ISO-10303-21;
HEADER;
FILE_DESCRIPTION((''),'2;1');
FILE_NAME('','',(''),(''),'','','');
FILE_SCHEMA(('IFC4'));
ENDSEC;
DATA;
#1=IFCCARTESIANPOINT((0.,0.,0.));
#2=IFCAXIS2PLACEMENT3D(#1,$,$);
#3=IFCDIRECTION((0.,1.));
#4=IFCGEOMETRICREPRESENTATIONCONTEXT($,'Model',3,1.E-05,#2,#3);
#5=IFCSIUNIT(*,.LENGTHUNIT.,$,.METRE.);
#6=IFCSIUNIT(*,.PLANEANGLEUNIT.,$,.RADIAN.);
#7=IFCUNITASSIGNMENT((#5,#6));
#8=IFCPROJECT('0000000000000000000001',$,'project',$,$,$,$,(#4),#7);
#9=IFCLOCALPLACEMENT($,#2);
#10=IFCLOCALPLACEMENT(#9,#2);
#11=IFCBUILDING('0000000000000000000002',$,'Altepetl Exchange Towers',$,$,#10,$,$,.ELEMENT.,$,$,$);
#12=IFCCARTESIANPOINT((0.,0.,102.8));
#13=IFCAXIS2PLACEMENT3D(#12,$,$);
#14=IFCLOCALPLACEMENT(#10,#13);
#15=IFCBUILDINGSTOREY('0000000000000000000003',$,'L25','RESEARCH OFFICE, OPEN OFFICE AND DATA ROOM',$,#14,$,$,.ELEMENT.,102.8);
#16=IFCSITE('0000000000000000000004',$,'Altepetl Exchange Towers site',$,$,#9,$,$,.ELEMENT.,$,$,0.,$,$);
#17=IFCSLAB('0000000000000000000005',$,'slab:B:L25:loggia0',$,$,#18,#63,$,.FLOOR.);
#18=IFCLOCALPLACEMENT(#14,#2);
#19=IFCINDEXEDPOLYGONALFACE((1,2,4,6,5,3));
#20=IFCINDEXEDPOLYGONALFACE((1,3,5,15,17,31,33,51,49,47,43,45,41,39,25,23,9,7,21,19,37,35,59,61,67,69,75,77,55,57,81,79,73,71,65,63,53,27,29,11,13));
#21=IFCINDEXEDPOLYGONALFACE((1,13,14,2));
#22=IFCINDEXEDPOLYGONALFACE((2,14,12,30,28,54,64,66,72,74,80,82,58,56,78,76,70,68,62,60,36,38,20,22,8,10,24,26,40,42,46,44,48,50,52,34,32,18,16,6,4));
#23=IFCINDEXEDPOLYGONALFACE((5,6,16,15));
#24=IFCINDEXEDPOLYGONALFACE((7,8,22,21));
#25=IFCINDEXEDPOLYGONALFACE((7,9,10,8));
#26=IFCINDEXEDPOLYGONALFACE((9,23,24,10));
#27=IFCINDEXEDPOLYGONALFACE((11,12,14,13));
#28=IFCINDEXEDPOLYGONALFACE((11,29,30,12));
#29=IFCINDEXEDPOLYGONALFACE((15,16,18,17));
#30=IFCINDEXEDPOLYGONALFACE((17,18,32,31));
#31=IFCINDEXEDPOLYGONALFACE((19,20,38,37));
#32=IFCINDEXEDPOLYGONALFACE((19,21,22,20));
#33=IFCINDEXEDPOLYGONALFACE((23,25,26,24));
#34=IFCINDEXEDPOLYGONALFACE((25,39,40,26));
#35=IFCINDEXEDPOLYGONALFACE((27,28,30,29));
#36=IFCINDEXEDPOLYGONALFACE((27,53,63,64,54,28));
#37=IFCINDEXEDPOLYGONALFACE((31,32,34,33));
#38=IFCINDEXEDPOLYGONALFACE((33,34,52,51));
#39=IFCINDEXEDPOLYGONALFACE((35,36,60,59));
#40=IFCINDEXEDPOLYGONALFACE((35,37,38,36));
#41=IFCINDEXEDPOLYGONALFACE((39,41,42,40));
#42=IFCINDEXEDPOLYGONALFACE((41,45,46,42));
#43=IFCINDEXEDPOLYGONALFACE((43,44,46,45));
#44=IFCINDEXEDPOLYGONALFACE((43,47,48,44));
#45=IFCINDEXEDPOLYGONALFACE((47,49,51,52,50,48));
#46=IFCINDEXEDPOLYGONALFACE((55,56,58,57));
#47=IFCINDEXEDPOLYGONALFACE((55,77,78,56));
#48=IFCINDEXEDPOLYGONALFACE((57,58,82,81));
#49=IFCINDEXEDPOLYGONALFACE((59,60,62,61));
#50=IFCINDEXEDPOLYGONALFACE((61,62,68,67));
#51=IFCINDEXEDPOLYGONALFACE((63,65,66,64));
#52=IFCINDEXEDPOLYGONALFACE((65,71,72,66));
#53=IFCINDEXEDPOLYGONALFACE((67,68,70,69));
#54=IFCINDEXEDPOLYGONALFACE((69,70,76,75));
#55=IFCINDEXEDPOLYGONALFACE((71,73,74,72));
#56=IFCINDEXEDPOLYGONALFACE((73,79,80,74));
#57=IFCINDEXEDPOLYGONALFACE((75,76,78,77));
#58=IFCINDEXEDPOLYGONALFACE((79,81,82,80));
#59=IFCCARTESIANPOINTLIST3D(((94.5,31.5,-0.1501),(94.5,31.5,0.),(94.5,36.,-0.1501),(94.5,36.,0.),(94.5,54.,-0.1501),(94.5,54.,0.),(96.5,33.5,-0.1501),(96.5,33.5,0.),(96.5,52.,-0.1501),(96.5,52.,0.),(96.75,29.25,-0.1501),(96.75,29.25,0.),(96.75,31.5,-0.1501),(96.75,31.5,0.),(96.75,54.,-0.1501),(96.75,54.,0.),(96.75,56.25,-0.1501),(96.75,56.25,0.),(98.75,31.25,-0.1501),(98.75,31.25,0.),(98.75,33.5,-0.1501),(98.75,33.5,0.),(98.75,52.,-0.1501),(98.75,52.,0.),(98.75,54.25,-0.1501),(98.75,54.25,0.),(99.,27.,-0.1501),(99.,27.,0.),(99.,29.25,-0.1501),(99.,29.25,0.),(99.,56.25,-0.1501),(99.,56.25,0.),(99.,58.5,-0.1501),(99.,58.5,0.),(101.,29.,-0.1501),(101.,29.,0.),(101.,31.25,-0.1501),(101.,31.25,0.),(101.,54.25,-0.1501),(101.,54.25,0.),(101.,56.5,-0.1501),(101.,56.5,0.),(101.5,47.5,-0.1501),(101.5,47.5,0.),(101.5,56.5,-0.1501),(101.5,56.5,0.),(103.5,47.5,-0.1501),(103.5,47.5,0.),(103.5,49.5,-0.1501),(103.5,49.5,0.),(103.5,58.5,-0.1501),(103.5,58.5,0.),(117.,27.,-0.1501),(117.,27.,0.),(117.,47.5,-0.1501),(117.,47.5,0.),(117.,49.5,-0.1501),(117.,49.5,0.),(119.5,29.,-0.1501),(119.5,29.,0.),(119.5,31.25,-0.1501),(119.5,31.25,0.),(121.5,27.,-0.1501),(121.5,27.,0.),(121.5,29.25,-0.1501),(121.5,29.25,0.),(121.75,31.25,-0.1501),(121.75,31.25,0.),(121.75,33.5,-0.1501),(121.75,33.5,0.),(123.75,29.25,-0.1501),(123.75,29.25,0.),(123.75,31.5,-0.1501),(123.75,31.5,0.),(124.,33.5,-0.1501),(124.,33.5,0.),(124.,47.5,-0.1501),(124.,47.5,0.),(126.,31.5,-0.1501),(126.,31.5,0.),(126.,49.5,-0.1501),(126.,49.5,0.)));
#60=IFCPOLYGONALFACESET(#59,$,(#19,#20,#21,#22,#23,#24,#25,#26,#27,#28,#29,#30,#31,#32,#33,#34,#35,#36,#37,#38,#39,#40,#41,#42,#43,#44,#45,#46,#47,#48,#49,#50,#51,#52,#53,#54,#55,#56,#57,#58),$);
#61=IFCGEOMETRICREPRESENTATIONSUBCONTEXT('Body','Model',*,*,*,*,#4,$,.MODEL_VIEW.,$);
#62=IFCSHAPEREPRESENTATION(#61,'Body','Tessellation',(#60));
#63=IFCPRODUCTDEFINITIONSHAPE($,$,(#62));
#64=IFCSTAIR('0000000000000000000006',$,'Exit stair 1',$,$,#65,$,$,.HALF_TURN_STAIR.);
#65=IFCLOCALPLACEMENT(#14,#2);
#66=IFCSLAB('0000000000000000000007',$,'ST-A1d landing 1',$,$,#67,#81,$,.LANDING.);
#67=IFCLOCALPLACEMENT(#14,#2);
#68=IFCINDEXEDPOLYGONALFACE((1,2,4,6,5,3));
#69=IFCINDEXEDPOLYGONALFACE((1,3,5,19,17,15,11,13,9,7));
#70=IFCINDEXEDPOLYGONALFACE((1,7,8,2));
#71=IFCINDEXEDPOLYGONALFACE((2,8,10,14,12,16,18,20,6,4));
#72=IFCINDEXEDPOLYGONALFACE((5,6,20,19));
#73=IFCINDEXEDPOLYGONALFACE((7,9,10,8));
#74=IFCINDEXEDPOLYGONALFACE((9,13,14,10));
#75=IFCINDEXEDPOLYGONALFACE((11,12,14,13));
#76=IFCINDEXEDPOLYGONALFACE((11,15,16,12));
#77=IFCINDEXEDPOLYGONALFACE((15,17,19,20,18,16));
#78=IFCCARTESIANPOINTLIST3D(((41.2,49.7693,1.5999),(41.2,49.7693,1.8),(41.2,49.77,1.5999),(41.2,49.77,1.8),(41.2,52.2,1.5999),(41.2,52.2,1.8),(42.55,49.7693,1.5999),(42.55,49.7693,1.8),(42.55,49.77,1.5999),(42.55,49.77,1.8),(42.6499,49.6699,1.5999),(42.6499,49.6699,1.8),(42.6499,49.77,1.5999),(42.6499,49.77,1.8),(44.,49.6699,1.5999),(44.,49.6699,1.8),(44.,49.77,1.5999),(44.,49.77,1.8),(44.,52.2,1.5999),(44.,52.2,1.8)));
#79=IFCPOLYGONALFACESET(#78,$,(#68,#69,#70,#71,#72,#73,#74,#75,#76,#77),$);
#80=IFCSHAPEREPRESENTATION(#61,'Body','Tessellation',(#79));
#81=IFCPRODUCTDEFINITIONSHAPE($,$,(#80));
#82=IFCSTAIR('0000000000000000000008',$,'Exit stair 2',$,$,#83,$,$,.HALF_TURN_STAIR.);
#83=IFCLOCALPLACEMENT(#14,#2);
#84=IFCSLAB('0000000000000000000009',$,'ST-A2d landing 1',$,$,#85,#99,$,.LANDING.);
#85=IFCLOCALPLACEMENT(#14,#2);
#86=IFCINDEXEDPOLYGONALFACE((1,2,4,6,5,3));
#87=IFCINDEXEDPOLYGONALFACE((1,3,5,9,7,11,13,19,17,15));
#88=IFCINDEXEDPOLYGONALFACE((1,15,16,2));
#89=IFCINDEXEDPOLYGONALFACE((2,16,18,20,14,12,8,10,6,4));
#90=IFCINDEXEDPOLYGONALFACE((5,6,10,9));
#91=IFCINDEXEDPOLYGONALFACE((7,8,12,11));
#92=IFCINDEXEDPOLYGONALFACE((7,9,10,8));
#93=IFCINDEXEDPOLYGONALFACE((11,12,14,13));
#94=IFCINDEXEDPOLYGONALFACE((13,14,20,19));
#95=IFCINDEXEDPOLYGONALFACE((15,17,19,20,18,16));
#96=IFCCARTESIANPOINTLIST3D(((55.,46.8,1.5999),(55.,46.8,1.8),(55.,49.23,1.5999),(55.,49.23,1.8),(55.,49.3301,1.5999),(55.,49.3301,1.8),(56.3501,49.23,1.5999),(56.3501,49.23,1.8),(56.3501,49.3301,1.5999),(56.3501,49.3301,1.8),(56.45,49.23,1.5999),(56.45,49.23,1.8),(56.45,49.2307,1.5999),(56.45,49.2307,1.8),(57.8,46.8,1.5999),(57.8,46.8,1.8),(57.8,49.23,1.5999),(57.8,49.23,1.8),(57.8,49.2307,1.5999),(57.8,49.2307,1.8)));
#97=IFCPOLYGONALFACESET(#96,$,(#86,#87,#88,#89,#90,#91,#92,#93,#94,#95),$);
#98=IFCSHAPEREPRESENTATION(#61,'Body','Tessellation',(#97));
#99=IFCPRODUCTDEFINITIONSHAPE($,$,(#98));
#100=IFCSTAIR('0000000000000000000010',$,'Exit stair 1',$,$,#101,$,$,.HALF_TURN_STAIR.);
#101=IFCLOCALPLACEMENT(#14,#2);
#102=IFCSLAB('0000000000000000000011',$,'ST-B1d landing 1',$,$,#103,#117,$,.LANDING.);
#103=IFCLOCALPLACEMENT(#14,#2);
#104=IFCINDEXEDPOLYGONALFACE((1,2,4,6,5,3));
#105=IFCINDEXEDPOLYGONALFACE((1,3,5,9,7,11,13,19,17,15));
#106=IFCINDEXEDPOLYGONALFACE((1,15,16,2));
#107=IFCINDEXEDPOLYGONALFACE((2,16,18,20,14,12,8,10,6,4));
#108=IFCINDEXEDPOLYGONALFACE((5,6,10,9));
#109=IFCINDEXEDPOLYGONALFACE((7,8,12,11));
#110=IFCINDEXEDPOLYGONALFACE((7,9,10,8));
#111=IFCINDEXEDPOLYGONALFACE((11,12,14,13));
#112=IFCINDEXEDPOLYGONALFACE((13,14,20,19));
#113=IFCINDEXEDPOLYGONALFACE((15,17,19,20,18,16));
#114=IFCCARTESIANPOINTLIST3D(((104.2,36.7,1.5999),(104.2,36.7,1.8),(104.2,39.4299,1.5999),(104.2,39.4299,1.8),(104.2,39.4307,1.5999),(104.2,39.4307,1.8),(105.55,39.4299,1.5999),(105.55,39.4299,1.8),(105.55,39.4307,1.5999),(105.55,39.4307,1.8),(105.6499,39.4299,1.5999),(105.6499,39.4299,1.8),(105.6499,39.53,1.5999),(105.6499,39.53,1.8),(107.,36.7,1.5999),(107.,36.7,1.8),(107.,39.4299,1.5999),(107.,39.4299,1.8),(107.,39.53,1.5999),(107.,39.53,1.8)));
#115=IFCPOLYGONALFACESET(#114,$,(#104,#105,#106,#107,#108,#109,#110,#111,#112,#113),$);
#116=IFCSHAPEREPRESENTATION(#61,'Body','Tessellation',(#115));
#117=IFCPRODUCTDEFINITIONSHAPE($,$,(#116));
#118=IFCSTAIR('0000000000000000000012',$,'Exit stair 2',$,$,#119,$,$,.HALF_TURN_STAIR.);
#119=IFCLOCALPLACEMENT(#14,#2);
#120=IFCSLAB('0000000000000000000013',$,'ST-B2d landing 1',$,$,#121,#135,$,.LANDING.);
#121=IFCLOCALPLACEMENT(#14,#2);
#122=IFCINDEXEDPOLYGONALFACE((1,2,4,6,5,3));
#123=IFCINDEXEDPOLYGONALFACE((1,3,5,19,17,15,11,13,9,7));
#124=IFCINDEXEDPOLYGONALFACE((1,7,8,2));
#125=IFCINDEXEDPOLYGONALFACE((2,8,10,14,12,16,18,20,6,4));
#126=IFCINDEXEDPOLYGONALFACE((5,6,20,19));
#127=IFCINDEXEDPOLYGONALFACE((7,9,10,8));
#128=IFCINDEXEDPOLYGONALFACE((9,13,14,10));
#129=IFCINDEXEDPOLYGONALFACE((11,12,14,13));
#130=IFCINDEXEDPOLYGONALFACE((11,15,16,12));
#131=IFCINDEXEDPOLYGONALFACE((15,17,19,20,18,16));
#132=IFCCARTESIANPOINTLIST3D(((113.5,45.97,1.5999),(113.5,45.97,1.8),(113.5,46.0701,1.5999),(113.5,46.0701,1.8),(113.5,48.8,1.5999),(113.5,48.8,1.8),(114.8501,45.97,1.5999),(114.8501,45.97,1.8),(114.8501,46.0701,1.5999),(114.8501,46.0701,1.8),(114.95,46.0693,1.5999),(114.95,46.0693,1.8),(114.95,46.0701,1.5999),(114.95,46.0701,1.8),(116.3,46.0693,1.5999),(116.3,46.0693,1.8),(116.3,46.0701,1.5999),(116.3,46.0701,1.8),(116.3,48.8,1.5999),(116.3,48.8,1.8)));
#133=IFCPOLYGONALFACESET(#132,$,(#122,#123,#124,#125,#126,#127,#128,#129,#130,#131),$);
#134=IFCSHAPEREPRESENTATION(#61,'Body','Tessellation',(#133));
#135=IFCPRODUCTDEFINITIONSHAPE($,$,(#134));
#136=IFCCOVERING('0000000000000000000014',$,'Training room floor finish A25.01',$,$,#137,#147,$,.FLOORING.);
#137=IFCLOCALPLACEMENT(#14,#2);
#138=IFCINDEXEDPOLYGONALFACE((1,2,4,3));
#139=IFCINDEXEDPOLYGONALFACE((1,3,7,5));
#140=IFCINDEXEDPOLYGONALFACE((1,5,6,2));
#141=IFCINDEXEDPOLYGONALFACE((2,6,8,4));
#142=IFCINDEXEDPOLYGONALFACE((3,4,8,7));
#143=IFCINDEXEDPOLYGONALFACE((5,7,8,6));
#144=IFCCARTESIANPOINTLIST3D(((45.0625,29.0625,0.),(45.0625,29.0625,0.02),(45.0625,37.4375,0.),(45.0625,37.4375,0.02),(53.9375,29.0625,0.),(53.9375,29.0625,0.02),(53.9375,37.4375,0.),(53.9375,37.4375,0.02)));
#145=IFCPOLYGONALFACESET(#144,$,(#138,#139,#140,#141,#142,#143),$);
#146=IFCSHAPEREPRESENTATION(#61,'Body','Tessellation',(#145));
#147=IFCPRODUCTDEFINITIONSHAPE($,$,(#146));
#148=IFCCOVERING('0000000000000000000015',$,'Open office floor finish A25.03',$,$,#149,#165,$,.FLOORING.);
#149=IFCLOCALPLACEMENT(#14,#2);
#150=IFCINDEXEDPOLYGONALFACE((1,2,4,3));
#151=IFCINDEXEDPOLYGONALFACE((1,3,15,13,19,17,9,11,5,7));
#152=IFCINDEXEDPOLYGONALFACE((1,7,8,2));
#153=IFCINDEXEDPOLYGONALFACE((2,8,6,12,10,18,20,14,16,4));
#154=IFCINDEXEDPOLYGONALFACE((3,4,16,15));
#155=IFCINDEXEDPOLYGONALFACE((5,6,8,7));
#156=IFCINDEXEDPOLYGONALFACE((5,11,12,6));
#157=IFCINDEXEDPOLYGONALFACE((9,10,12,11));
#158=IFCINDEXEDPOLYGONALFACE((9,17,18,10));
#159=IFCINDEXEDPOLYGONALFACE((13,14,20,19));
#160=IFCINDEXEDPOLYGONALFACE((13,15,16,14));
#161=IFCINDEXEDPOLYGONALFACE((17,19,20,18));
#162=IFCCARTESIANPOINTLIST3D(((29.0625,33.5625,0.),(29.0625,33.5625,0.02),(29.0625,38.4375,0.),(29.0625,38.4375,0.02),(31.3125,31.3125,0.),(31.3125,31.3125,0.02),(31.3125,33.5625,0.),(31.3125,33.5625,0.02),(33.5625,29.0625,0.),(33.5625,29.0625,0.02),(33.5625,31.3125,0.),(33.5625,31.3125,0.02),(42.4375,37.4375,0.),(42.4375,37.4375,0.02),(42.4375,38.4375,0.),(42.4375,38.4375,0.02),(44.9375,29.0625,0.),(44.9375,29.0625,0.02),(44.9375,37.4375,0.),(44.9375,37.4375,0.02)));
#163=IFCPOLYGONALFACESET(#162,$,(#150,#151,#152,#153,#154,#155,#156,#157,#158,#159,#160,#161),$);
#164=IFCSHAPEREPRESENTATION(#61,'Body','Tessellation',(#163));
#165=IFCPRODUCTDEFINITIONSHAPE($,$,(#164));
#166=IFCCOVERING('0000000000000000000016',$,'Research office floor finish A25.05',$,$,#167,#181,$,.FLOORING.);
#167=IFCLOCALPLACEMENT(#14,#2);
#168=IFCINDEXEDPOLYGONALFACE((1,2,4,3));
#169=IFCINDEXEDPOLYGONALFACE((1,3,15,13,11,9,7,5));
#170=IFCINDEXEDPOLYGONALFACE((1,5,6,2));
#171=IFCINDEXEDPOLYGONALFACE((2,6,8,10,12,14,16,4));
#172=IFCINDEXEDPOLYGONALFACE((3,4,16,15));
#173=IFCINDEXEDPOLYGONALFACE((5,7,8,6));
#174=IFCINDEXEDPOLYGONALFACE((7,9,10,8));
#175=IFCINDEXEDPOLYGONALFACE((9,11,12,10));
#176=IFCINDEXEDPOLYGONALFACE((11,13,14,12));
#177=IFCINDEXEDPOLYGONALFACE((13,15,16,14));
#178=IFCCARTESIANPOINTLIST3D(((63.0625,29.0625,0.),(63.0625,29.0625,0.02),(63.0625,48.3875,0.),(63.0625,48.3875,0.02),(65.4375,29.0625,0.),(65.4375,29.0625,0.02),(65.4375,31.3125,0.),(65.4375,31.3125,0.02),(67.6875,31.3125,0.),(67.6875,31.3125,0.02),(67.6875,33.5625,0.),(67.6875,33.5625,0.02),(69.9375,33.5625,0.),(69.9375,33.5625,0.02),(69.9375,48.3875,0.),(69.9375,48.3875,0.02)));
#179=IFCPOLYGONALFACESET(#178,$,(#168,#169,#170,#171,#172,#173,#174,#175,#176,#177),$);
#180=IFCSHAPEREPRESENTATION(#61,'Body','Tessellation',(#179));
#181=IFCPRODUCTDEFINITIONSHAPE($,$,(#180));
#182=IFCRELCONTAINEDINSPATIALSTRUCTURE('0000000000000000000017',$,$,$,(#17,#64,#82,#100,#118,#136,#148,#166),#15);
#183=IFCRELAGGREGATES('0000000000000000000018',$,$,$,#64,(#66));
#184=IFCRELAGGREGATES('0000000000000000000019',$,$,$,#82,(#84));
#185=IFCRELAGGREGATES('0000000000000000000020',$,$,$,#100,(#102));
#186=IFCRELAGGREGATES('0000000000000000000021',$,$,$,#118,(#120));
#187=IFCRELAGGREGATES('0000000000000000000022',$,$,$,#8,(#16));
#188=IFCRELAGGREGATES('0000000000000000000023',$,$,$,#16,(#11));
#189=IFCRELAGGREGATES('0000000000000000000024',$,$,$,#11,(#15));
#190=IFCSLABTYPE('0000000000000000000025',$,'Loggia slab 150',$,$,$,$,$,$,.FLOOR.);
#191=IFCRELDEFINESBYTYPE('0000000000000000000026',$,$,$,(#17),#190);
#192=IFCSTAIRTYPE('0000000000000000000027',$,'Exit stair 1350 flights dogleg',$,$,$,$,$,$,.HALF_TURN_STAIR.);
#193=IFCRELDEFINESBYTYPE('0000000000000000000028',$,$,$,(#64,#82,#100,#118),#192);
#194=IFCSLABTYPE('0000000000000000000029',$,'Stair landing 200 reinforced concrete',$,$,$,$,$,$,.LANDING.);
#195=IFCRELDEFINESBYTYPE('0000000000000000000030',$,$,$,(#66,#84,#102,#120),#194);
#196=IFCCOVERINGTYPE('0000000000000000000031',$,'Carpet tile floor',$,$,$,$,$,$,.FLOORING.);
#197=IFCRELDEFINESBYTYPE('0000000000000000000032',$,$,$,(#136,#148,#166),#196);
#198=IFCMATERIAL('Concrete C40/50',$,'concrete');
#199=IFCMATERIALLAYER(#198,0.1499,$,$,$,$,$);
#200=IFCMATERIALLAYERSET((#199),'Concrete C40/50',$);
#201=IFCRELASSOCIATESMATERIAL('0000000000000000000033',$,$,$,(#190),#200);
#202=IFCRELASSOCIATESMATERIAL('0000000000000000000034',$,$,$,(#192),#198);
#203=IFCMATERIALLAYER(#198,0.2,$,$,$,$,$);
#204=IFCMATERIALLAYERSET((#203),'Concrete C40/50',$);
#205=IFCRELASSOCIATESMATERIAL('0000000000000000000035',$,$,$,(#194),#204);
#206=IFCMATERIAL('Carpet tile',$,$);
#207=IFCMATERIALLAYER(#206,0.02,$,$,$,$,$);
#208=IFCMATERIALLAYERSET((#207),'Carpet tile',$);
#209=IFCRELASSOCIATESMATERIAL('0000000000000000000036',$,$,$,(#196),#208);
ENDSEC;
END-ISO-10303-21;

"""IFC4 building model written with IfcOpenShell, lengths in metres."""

from ifc_helpers import new_model, si_unit, direction, frame, origin, place, context, subcontext, project, spatial, polyline, outline, extrude, material, layer, layer_set, type_object, element, aggregate, save


model = new_model("IFC4")

# Units and contexts
model_context = context("Model", 3, precision=1e-05, world=origin(), true_north=direction((0.0, 1.0)))
body_context = subcontext(model_context, "Body", "Model", "MODEL_VIEW")
ifc_project = project(units=[si_unit("LENGTHUNIT", "METRE"), si_unit("PLANEANGLEUNIT", "RADIAN")], contexts=[model_context])

# Site, building, storey
site_placement = place(None, origin())
site = spatial("IfcSite", under=ifc_project, at=site_placement, Name="Altepetl Exchange Towers site", CompositionType="ELEMENT", RefElevation=0.0)
building_placement = place(site_placement, origin())
building = spatial("IfcBuilding", under=site, at=building_placement, Name="Altepetl Exchange Towers", CompositionType="ELEMENT")
storey_placement = place(building_placement, frame((0.0, 0.0, 102.8)))
storey = spatial("IfcBuildingStorey", under=building, at=storey_placement, Name="L25", Description="RESEARCH OFFICE, OPEN OFFICE AND DATA ROOM", CompositionType="ELEMENT", Elevation=102.8)

# Slab
ifc_material_1 = material(Name="Concrete C40/50", Category="concrete")
ifc_layer_1 = layer(ifc_material_1, 0.1499)
ifc_layer_set_1 = layer_set([ifc_layer_1], Name="Concrete C40/50")
slab_type_1 = type_object("IfcSlabType", Name="Loggia slab 150", PredefinedType="FLOOR", material=ifc_layer_set_1)
slab_1_placement = place(storey_placement, frame((0.0, 0.0, -0.1501)))
element("IfcSlab", 1, at=slab_1_placement, inside=storey, type_object=slab_type_1, Name="slab:B:L25:loggia0", PredefinedType="FLOOR", context=body_context, shape_type="SweptSolid", body=[
    extrude(outline(polyline([(96.75, 54.0), (94.5, 54.0), (94.5, 36.0), (94.5, 31.5), (96.75, 31.5), (96.75, 29.25), (99.0, 29.25), (99.0, 27.0), (117.0, 27.0), (121.5, 27.0), (121.5, 29.25), (123.75, 29.25), (123.75, 31.5), (126.0, 31.5), (126.0, 49.5), (117.0, 49.5), (117.0, 47.5), (124.0, 47.5), (124.0, 33.5), (121.75, 33.5), (121.75, 31.25), (119.5, 31.25), (119.5, 29.0), (101.0, 29.0), (101.0, 31.25), (98.75, 31.25), (98.75, 33.5), (96.5, 33.5), (96.5, 52.0), (98.75, 52.0), (98.75, 54.25), (101.0, 54.25), (101.0, 56.5), (101.5, 56.5), (101.5, 47.5), (103.5, 47.5), (103.5, 49.5), (103.5, 58.5), (99.0, 58.5), (99.0, 56.25), (96.75, 56.25), (96.75, 54.0)])), origin(), (0.0, 0.0, 1.0), 0.1501),
])

# Stairs, slabs
stair_type = type_object("IfcStairType", Name="Exit stair 1350 flights dogleg", PredefinedType="HALF_TURN_STAIR", material=ifc_material_1)
stair_1_placement = place(storey_placement, origin())
stair_1 = element("IfcStair", 2, at=stair_1_placement, inside=storey, type_object=stair_type, Name="Exit stair 1", PredefinedType="HALF_TURN_STAIR")
ifc_layer_2 = layer(ifc_material_1, 0.2)
ifc_layer_set_2 = layer_set([ifc_layer_2], Name="Concrete C40/50")
slab_type_2 = type_object("IfcSlabType", Name="Stair landing 200 reinforced concrete", PredefinedType="LANDING", material=ifc_layer_set_2)
slab_2_placement = place(storey_placement, frame((0.0, 0.0, 1.5999)))
slab_2 = element("IfcSlab", 3, at=slab_2_placement, type_object=slab_type_2, Name="ST-A1d landing 1", PredefinedType="LANDING", context=body_context, shape_type="SweptSolid", body=[
    extrude(outline(polyline([(44.0, 49.6699), (42.6499, 49.6699), (42.6499, 49.77), (42.55, 49.77), (42.55, 49.7693), (41.2, 49.7693), (41.2, 49.77), (41.2, 52.2), (44.0, 52.2), (44.0, 49.77), (44.0, 49.6699)])), origin(), (0.0, 0.0, 1.0), 0.2002),
])
aggregate(stair_1, [slab_2])
stair_2_placement = place(storey_placement, origin())
stair_2 = element("IfcStair", 4, at=stair_2_placement, inside=storey, type_object=stair_type, Name="Exit stair 2", PredefinedType="HALF_TURN_STAIR")
slab_3_placement = place(storey_placement, frame((0.0, 0.0, 1.5999)))
slab_3 = element("IfcSlab", 5, at=slab_3_placement, type_object=slab_type_2, Name="ST-A2d landing 1", PredefinedType="LANDING", context=body_context, shape_type="SweptSolid", body=[
    extrude(outline(polyline([(57.8, 46.8), (55.0, 46.8), (55.0, 49.23), (55.0, 49.3301), (56.3501, 49.3301), (56.3501, 49.23), (56.45, 49.23), (56.45, 49.2307), (57.8, 49.2307), (57.8, 49.23), (57.8, 46.8)])), origin(), (0.0, 0.0, 1.0), 0.2002),
])
aggregate(stair_2, [slab_3])
stair_3_placement = place(storey_placement, origin())
stair_3 = element("IfcStair", 6, at=stair_3_placement, inside=storey, type_object=stair_type, Name="Exit stair 1", PredefinedType="HALF_TURN_STAIR")
slab_4_placement = place(storey_placement, frame((0.0, 0.0, 1.5999)))
slab_4 = element("IfcSlab", 7, at=slab_4_placement, type_object=slab_type_2, Name="ST-B1d landing 1", PredefinedType="LANDING", context=body_context, shape_type="SweptSolid", body=[
    extrude(outline(polyline([(107.0, 36.7), (104.2, 36.7), (104.2, 39.4299), (104.2, 39.4307), (105.55, 39.4307), (105.55, 39.4299), (105.6499, 39.4299), (105.6499, 39.53), (107.0, 39.53), (107.0, 39.4299), (107.0, 36.7)])), origin(), (0.0, 0.0, 1.0), 0.2002),
])
aggregate(stair_3, [slab_4])
stair_4_placement = place(storey_placement, origin())
stair_4 = element("IfcStair", 8, at=stair_4_placement, inside=storey, type_object=stair_type, Name="Exit stair 2", PredefinedType="HALF_TURN_STAIR")
slab_5_placement = place(storey_placement, frame((0.0, 0.0, 1.5999)))
slab_5 = element("IfcSlab", 9, at=slab_5_placement, type_object=slab_type_2, Name="ST-B2d landing 1", PredefinedType="LANDING", context=body_context, shape_type="SweptSolid", body=[
    extrude(outline(polyline([(114.8501, 45.97), (113.5, 45.97), (113.5, 46.0701), (113.5, 48.8), (116.3, 48.8), (116.3, 46.0701), (116.3, 46.0693), (114.95, 46.0693), (114.95, 46.0701), (114.8501, 46.0701), (114.8501, 45.97)])), origin(), (0.0, 0.0, 1.0), 0.2002),
])
aggregate(stair_4, [slab_5])

# Coverings
ifc_material_2 = material(Name="Carpet tile")
ifc_layer_3 = layer(ifc_material_2, 0.02)
ifc_layer_set_3 = layer_set([ifc_layer_3], Name="Carpet tile")
covering_type_1 = type_object("IfcCoveringType", Name="Carpet tile floor", PredefinedType="FLOORING", material=ifc_layer_set_3)
covering_1_placement = place(storey_placement, origin())
element("IfcCovering", 10, at=covering_1_placement, inside=storey, type_object=covering_type_1, Name="Training room floor finish A25.01", PredefinedType="FLOORING", context=body_context, shape_type="SweptSolid", body=[
    extrude(outline(polyline([(53.9375, 29.0625), (53.9375, 37.4375), (45.0625, 37.4375), (45.0625, 29.0625), (53.9375, 29.0625)])), origin(), (0.0, 0.0, 1.0), 0.02),
])
covering_2_placement = place(storey_placement, origin())
element("IfcCovering", 11, at=covering_2_placement, inside=storey, type_object=covering_type_1, Name="Open office floor finish A25.03", PredefinedType="FLOORING", context=body_context, shape_type="SweptSolid", body=[
    extrude(outline(polyline([(33.5625, 29.0625), (44.9375, 29.0625), (44.9375, 37.4375), (42.4375, 37.4375), (42.4375, 38.4375), (29.0625, 38.4375), (29.0625, 33.5625), (31.3125, 33.5625), (31.3125, 31.3125), (33.5625, 31.3125), (33.5625, 29.0625)])), origin(), (0.0, 0.0, 1.0), 0.02),
])
covering_3_placement = place(storey_placement, origin())
element("IfcCovering", 12, at=covering_3_placement, inside=storey, type_object=covering_type_1, Name="Research office floor finish A25.05", PredefinedType="FLOORING", context=body_context, shape_type="SweptSolid", body=[
    extrude(outline(polyline([(67.6875, 33.5625), (69.9375, 33.5625), (69.9375, 48.3875), (63.0625, 48.3875), (63.0625, 29.0625), (65.4375, 29.0625), (65.4375, 31.3125), (67.6875, 31.3125), (67.6875, 33.5625)])), origin(), (0.0, 0.0, 1.0), 0.02),
])

save(model, "model.ifc")
